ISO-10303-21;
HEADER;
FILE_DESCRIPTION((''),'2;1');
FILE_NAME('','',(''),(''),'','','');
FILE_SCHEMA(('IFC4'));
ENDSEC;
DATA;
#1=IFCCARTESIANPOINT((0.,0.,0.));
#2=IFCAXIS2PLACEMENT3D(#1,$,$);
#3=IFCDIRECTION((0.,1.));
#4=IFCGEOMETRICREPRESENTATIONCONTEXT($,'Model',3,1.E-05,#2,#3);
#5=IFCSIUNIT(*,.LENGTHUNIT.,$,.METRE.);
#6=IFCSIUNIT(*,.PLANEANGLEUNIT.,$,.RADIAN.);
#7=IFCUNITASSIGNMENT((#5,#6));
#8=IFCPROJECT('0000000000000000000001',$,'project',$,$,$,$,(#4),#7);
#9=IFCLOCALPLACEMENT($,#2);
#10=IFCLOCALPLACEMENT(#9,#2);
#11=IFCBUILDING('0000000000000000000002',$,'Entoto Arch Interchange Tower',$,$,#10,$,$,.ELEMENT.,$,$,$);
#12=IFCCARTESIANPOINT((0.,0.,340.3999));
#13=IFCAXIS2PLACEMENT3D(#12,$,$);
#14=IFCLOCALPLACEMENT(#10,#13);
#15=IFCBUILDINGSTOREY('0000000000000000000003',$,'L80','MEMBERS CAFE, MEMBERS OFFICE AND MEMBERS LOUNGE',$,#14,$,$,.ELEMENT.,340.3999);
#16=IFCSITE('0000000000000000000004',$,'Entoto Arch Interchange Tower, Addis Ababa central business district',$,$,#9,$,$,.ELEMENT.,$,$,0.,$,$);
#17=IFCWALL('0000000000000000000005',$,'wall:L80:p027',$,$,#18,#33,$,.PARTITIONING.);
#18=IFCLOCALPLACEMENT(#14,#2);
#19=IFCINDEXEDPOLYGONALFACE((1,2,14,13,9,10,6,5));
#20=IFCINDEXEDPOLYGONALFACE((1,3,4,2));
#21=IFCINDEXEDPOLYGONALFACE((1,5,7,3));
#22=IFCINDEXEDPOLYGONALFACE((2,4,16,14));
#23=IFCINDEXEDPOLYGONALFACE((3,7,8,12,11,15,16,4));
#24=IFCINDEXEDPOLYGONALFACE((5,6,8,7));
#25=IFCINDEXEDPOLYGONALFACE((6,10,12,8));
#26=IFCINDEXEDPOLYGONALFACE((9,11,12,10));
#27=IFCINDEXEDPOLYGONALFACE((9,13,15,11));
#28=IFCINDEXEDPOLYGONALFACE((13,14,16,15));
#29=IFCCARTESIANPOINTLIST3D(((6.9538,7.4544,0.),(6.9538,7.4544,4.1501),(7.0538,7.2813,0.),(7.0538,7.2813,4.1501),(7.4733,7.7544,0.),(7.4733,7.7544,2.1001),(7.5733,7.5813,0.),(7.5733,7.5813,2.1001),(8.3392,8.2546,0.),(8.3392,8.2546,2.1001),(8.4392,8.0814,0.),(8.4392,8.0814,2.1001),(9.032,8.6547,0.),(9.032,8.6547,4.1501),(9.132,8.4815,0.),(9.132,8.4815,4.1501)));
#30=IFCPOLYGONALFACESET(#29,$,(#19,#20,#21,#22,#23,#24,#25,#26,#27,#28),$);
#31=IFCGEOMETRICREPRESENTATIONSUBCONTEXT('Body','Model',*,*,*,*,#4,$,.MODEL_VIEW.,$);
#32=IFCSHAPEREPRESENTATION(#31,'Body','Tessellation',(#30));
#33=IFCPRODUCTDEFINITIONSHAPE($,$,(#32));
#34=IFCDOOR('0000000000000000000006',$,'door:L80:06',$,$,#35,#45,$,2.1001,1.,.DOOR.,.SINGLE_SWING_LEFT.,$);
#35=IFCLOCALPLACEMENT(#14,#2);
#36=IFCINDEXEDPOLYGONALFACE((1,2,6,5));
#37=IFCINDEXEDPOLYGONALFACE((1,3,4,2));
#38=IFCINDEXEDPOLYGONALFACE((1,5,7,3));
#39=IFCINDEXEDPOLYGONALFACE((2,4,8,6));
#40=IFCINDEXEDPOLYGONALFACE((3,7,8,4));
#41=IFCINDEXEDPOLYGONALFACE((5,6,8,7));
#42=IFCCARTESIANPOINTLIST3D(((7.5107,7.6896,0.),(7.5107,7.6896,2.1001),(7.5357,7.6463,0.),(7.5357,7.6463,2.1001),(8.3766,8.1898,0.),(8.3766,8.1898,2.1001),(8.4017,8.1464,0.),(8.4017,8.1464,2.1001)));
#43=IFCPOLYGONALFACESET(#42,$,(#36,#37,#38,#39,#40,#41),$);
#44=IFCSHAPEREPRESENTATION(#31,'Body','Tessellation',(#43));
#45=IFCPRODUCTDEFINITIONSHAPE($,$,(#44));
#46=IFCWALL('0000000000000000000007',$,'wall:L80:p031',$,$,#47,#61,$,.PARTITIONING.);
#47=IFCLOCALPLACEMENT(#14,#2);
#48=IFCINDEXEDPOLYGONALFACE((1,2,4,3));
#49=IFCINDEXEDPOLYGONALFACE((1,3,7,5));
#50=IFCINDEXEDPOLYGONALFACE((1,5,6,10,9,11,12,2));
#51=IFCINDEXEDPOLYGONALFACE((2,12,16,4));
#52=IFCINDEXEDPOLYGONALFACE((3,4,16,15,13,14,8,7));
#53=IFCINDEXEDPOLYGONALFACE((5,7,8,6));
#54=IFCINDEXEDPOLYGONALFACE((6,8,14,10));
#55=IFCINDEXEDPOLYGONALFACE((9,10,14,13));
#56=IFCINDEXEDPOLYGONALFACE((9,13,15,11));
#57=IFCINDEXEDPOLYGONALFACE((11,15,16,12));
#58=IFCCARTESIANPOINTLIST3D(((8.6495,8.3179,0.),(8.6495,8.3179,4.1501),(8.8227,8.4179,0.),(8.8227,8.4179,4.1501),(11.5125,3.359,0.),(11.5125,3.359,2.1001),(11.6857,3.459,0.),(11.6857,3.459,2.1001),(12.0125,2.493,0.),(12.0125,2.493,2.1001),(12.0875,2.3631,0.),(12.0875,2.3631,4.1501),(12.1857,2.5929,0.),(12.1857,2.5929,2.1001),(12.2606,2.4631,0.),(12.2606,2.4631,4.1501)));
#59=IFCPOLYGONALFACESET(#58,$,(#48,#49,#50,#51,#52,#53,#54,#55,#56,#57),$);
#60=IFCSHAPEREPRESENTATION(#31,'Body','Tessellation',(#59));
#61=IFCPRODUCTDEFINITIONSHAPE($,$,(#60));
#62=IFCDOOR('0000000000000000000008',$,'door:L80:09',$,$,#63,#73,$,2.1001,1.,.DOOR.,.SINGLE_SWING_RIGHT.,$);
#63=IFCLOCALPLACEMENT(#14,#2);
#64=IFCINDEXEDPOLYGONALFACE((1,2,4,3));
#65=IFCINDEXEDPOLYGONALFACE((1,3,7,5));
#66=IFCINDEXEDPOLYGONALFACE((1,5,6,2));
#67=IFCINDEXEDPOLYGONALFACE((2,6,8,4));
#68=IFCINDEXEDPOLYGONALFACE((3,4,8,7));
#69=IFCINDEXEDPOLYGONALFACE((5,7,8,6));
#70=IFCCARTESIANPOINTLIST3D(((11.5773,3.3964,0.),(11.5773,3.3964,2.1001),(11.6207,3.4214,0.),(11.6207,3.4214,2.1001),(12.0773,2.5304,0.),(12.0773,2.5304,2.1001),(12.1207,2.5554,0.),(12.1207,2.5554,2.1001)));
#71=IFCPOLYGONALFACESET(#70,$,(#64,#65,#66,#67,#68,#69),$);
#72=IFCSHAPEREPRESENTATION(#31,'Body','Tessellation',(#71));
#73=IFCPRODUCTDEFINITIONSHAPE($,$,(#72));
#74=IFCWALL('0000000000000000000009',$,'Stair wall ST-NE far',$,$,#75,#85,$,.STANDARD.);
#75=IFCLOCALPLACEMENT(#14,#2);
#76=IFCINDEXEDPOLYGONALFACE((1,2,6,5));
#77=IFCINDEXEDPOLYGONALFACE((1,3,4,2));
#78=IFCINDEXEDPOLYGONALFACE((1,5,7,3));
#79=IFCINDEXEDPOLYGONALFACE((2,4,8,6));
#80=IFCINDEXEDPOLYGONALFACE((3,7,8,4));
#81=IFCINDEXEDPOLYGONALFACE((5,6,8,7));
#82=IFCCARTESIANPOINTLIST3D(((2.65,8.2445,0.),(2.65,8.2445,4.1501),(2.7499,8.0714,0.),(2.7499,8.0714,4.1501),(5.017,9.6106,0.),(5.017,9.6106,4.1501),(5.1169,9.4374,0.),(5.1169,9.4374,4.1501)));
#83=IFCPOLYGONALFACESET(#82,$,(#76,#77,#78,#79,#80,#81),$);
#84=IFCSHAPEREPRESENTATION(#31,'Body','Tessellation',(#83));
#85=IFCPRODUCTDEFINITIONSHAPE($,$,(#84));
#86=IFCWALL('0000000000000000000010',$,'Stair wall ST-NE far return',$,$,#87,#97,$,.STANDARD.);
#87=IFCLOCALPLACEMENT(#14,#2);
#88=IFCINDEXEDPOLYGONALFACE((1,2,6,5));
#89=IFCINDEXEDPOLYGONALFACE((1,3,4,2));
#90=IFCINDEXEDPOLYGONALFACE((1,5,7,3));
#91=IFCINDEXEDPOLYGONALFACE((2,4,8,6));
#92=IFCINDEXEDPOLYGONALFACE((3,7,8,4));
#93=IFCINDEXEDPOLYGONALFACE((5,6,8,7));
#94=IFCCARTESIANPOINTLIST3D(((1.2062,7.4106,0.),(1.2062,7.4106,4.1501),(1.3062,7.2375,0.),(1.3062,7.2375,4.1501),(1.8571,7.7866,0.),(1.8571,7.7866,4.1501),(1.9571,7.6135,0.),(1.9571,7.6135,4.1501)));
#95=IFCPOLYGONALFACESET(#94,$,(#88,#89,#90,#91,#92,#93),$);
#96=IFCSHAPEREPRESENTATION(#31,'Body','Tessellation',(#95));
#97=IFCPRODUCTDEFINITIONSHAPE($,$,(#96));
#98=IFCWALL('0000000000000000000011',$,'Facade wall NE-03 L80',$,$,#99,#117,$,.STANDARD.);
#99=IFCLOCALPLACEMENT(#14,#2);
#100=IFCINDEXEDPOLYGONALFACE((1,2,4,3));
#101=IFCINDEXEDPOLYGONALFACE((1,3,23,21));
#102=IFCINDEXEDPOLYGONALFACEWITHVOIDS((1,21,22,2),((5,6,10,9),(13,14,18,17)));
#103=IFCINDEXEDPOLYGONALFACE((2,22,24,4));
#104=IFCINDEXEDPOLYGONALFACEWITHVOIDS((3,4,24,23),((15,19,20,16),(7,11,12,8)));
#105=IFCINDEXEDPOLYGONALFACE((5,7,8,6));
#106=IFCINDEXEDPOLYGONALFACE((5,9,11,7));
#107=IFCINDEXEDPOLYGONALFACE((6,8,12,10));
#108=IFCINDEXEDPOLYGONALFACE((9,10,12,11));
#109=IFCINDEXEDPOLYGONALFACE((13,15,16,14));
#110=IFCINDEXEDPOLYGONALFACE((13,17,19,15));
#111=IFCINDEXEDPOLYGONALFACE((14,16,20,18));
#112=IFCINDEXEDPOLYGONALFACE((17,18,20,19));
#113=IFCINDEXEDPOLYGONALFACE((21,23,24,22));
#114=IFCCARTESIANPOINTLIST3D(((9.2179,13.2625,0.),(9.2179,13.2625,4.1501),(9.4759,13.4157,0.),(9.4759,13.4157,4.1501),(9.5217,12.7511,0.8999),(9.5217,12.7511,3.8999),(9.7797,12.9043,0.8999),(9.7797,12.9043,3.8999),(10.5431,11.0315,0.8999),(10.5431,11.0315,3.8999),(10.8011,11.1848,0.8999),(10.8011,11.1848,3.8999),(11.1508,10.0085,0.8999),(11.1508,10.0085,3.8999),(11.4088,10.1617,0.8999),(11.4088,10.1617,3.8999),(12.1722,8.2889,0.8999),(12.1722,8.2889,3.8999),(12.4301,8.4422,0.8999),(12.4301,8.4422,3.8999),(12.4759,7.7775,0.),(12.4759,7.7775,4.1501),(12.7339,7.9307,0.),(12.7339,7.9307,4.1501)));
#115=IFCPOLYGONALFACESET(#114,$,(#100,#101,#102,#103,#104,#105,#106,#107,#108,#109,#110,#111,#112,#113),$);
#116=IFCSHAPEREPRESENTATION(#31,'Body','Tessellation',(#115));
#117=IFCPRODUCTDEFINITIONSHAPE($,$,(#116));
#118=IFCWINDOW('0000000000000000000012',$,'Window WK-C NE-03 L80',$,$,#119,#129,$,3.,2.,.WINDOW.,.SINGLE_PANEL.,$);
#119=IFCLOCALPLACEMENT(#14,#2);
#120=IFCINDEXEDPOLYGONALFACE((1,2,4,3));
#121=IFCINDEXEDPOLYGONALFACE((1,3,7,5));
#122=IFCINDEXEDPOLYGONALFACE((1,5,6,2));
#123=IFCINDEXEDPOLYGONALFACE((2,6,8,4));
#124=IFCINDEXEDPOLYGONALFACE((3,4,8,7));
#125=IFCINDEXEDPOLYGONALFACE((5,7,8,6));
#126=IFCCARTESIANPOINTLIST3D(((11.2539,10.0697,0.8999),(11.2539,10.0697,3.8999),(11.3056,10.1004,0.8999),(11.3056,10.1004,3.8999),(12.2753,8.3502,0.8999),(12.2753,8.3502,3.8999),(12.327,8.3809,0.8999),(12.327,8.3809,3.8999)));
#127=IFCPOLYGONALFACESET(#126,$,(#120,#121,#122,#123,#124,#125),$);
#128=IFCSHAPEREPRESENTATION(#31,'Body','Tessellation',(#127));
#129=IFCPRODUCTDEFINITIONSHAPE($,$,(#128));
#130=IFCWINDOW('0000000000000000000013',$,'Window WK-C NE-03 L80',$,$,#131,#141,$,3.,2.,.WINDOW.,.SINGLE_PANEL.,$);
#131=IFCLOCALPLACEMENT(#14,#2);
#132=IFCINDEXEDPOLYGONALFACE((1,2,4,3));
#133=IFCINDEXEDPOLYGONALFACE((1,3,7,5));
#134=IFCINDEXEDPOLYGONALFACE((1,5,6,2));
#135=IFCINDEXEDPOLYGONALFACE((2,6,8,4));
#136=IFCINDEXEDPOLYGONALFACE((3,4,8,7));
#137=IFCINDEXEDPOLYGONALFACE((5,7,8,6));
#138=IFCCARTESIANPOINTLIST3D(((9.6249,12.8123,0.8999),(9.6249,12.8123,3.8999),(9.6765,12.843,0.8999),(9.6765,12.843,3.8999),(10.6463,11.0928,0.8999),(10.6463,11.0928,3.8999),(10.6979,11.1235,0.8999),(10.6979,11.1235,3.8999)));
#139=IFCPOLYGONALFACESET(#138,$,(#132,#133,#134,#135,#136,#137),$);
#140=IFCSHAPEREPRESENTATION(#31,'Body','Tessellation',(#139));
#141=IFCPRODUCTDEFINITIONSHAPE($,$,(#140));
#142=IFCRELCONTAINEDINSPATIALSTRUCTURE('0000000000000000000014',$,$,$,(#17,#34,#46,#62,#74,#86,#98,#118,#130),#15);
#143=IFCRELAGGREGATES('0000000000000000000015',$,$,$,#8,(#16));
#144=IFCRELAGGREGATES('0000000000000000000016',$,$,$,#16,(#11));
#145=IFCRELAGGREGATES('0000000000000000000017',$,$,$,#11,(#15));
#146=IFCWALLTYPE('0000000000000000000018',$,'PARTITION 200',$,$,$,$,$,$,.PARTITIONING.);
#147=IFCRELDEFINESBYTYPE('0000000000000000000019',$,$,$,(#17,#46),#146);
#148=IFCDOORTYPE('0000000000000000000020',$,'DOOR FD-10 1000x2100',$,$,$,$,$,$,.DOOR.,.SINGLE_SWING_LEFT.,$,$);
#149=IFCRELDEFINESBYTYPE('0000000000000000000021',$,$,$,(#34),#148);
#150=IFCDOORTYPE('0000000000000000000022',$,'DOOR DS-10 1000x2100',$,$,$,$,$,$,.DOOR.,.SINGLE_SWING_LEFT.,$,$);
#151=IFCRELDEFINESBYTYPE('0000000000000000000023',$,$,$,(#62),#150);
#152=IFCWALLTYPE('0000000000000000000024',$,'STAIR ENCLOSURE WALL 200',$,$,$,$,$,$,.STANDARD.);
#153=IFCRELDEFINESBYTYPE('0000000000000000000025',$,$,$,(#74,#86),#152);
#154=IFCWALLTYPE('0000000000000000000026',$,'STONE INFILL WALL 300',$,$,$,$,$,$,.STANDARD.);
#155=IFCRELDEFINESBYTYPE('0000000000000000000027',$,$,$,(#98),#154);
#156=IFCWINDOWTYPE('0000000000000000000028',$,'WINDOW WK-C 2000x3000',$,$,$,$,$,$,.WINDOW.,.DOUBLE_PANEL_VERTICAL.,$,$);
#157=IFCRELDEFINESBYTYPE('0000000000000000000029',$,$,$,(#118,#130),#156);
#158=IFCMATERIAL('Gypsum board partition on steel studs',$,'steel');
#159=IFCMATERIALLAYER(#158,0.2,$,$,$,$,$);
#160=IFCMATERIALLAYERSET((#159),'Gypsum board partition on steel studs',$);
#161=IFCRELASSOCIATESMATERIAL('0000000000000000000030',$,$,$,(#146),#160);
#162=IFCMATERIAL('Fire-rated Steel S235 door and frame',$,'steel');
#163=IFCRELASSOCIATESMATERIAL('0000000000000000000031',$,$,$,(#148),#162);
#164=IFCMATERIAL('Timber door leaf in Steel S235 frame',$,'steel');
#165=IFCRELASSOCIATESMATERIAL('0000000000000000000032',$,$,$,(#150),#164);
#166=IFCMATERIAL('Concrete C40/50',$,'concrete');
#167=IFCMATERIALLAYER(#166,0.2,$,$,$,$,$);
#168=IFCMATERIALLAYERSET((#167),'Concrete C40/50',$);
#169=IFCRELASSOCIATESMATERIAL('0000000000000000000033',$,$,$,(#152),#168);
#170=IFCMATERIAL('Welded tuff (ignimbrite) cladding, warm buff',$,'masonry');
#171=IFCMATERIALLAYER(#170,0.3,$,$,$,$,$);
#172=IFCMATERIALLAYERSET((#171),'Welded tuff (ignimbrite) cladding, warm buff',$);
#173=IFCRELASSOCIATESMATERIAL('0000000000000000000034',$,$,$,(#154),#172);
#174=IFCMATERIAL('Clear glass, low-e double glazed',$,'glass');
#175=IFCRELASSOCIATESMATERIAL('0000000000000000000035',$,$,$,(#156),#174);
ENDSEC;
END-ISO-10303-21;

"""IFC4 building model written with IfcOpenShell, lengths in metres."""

from ifc_helpers import new_model, si_unit, direction, frame, frame_2d, origin, place, context, subcontext, project, spatial, rectangle, extrude, material, layer, layer_set, type_object, element, fill, save


model = new_model("IFC4")

# Units and contexts
model_context = context("Model", 3, precision=1e-05, world=origin(), true_north=direction((0.0, 1.0)))
body_context = subcontext(model_context, "Body", "Model", "MODEL_VIEW")
ifc_project = project(units=[si_unit("LENGTHUNIT", "METRE"), si_unit("PLANEANGLEUNIT", "RADIAN")], contexts=[model_context])

# Site, building, storey
site_placement = place(None, origin())
site = spatial("IfcSite", under=ifc_project, at=site_placement, Name="Entoto Arch Interchange Tower, Addis Ababa central business district", CompositionType="ELEMENT", RefElevation=0.0)
building_placement = place(site_placement, origin())
building = spatial("IfcBuilding", under=site, at=building_placement, Name="Entoto Arch Interchange Tower", CompositionType="ELEMENT")
storey_placement = place(building_placement, frame((0.0, 0.0, 340.3999)))
storey = spatial("IfcBuildingStorey", under=building, at=storey_placement, Name="L80", Description="MEMBERS CAFE, MEMBERS OFFICE AND MEMBERS LOUNGE", CompositionType="ELEMENT", Elevation=340.3999)

# Shared definitions
ifc_material_1 = material(Name="Concrete C40/50", Category="concrete")

# Shared definitions
ifc_material_2 = material(Name="Fire-rated Steel S235 door and frame", Category="steel")

# Shared definitions
ifc_material_3 = material(Name="Gypsum board partition on steel studs", Category="steel")

# Walls, openings, doors
ifc_layer_1 = layer(ifc_material_3, 0.2)
ifc_layer_set_1 = layer_set([ifc_layer_1], Name="Gypsum board partition on steel studs")
wall_type_1 = type_object("IfcWallType", Name="PARTITION 200", PredefinedType="PARTITIONING", material=ifc_layer_set_1)
wall_1_placement = place(storey_placement, frame((9.082, 8.5681, 0.0), z_axis=(0.0, 0.0, 1.0), x_axis=(-0.865955, -0.500122, 0.0)))
wall_1 = element("IfcWall", 1, at=wall_1_placement, inside=storey, type_object=wall_type_1, Name="wall:L80:p027", PredefinedType="PARTITIONING", context=body_context, shape_type="SweptSolid", body=[
    extrude(rectangle(XDim=2.3999, YDim=0.2, at=frame_2d((1.2, 0.0))), origin(), (0.0, 0.0, 1.0), 4.1501),
])
opening_1_placement = place(wall_1_placement, frame((0.8, 0.0, 0.0)))
opening_1 = element("IfcOpeningElement", 2, at=opening_1_placement, cuts=wall_1, PredefinedType="OPENING", context=body_context, shape_type="SweptSolid", body=[
    extrude(rectangle(XDim=1.0, YDim=2.1001, at=frame_2d((0.5, 1.05))), frame((0.0, 0.1099, 0.0), z_axis=(0.0, -1.0, 0.0), x_axis=(1.0, 0.0, 0.0)), (0.0, 0.0, 1.0), 0.22),
])
door_type_1 = type_object("IfcDoorType", Name="DOOR FD-10 1000x2100", OperationType="SINGLE_SWING_LEFT", PredefinedType="DOOR", material=ifc_material_2)
door_1_placement = place(opening_1_placement, origin())
door_1 = element("IfcDoor", 3, at=door_1_placement, inside=storey, type_object=door_type_1, Name="door:L80:06", OperationType="SINGLE_SWING_LEFT", OverallHeight=2.1001, OverallWidth=1.0, PredefinedType="DOOR", context=body_context, shape_type="SweptSolid", body=[
    extrude(rectangle(XDim=1.0, YDim=2.1001, at=frame_2d((0.5, 1.05))), frame((0.0, 0.0249, 0.0), z_axis=(0.0, -1.0, 0.0), x_axis=(1.0, 0.0, 0.0)), (0.0, 0.0, 1.0), 0.05),
])
fill(opening_1, door_1)
wall_2_placement = place(storey_placement, frame((8.7361, 8.3679, 0.0), z_axis=(0.0, 0.0, 1.0), x_axis=(0.499996, -0.866028, 0.0)))
wall_2 = element("IfcWall", 4, at=wall_2_placement, inside=storey, type_object=wall_type_1, Name="wall:L80:p031", PredefinedType="PARTITIONING", context=body_context, shape_type="SweptSolid", body=[
    extrude(rectangle(XDim=6.876, YDim=0.2, at=frame_2d((3.438, 0.0))), origin(), (0.0, 0.0, 1.0), 4.1501),
])
opening_2_placement = place(wall_2_placement, frame((5.7261, 0.0, 0.0)))
opening_2 = element("IfcOpeningElement", 5, at=opening_2_placement, cuts=wall_2, PredefinedType="OPENING", context=body_context, shape_type="SweptSolid", body=[
    extrude(rectangle(XDim=1.0, YDim=2.1001, at=frame_2d((0.5, 1.05))), frame((0.0, 0.1099, 0.0), z_axis=(0.0, -1.0, 0.0), x_axis=(1.0, 0.0, 0.0)), (0.0, 0.0, 1.0), 0.22),
])
ifc_material_4 = material(Name="Timber door leaf in Steel S235 frame", Category="steel")
door_type_2 = type_object("IfcDoorType", Name="DOOR DS-10 1000x2100", OperationType="SINGLE_SWING_LEFT", PredefinedType="DOOR", material=ifc_material_4)
door_2_placement = place(opening_2_placement, origin())
door_2 = element("IfcDoor", 6, at=door_2_placement, inside=storey, type_object=door_type_2, Name="door:L80:09", OperationType="SINGLE_SWING_RIGHT", OverallHeight=2.1001, OverallWidth=1.0, PredefinedType="DOOR", context=body_context, shape_type="SweptSolid", body=[
    extrude(rectangle(XDim=1.0, YDim=2.1001, at=frame_2d((0.5, 1.05))), frame((0.0, 0.0249, 0.0), z_axis=(0.0, -1.0, 0.0), x_axis=(1.0, 0.0, 0.0)), (0.0, 0.0, 1.0), 0.05),
])
fill(opening_2, door_2)

# Walls
ifc_layer_2 = layer(ifc_material_1, 0.2)
ifc_layer_set_2 = layer_set([ifc_layer_2], Name="Concrete C40/50")
wall_type_2 = type_object("IfcWallType", Name="STAIR ENCLOSURE WALL 200", PredefinedType="STANDARD", material=ifc_layer_set_2)
wall_3_placement = place(storey_placement, frame((2.7, 8.158, 0.0), z_axis=(0.0, 0.0, 1.0), x_axis=(0.866119, 0.499838, 0.0)))
element("IfcWall", 7, at=wall_3_placement, inside=storey, type_object=wall_type_2, Name="Stair wall ST-NE far", PredefinedType="STANDARD", context=body_context, shape_type="SweptSolid", body=[
    extrude(rectangle(XDim=2.7329, YDim=0.2, at=frame_2d((1.3665, 0.0))), origin(), (0.0, 0.0, 1.0), 4.1501),
])
wall_4_placement = place(storey_placement, frame((1.2561, 7.324, 0.0), z_axis=(0.0, 0.0, 1.0), x_axis=(0.865915, 0.500191, 0.0)))
element("IfcWall", 8, at=wall_4_placement, inside=storey, type_object=wall_type_2, Name="Stair wall ST-NE far return", PredefinedType="STANDARD", context=body_context, shape_type="SweptSolid", body=[
    extrude(rectangle(XDim=0.7517, YDim=0.2, at=frame_2d((0.376, 0.0))), origin(), (0.0, 0.0, 1.0), 4.1501),
])

# Wall, openings, windows
ifc_material_5 = material(Name="Welded tuff (ignimbrite) cladding, warm buff", Category="masonry")
ifc_layer_3 = layer(ifc_material_5, 0.3)
ifc_layer_set_3 = layer_set([ifc_layer_3], Name="Welded tuff (ignimbrite) cladding, warm buff")
wall_type_3 = type_object("IfcWallType", Name="STONE INFILL WALL 300", PredefinedType="STANDARD", material=ifc_layer_set_3)
wall_5_placement = place(storey_placement, frame((12.605, 7.854, 0.0), z_axis=(0.0, 0.0, 1.0), x_axis=(-0.510686, 0.859767, 0.0)))
wall_5 = element("IfcWall", 9, at=wall_5_placement, inside=storey, type_object=wall_type_3, Name="Facade wall NE-03 L80", PredefinedType="STANDARD", context=body_context, shape_type="SweptSolid", body=[
    extrude(rectangle(XDim=6.3796, YDim=0.3, at=frame_2d((3.1899, 0.0))), origin(), (0.0, 0.0, 1.0), 4.1501),
])
opening_3_placement = place(wall_5_placement, frame((0.595, 0.0, 0.8999)))
opening_3 = element("IfcOpeningElement", 10, at=opening_3_placement, cuts=wall_5, PredefinedType="OPENING", context=body_context, shape_type="SweptSolid", body=[
    extrude(rectangle(XDim=2.0, YDim=3.0, at=frame_2d((1.0, 1.5))), frame((0.0, 0.1602, 0.0), z_axis=(0.0, -1.0, 0.0), x_axis=(1.0, 0.0, 0.0)), (0.0, 0.0, 1.0), 0.3201),
])
opening_4_placement = place(wall_5_placement, frame((3.7849, 0.0, 0.8999)))
opening_4 = element("IfcOpeningElement", 11, at=opening_4_placement, cuts=wall_5, PredefinedType="OPENING", context=body_context, shape_type="SweptSolid", body=[
    extrude(rectangle(XDim=2.0, YDim=3.0, at=frame_2d((1.0, 1.5))), frame((0.0, 0.1602, 0.0), z_axis=(0.0, -1.0, 0.0), x_axis=(1.0, 0.0, 0.0)), (0.0, 0.0, 1.0), 0.3201),
])
ifc_material_6 = material(Name="Clear glass, low-e double glazed", Category="glass")
window_type = type_object("IfcWindowType", Name="WINDOW WK-C 2000x3000", PartitioningType="DOUBLE_PANEL_VERTICAL", PredefinedType="WINDOW", material=ifc_material_6)
window_1_placement = place(opening_3_placement, origin())
window_1 = element("IfcWindow", 12, at=window_1_placement, inside=storey, type_object=window_type, Name="Window WK-C NE-03 L80", OverallHeight=3.0, OverallWidth=2.0, PartitioningType="SINGLE_PANEL", PredefinedType="WINDOW", context=body_context, shape_type="SweptSolid", body=[
    extrude(rectangle(XDim=2.0, YDim=3.0, at=frame_2d((1.0, 1.5))), frame((0.0, 0.03, 0.0), z_axis=(0.0, -1.0, 0.0), x_axis=(1.0, 0.0, 0.0)), (0.0, 0.0, 1.0), 0.0601),
])
fill(opening_3, window_1)
window_2_placement = place(opening_4_placement, origin())
window_2 = element("IfcWindow", 13, at=window_2_placement, inside=storey, type_object=window_type, Name="Window WK-C NE-03 L80", OverallHeight=3.0, OverallWidth=2.0, PartitioningType="SINGLE_PANEL", PredefinedType="WINDOW", context=body_context, shape_type="SweptSolid", body=[
    extrude(rectangle(XDim=2.0, YDim=3.0, at=frame_2d((1.0, 1.5))), frame((0.0, 0.03, 0.0), z_axis=(0.0, -1.0, 0.0), x_axis=(1.0, 0.0, 0.0)), (0.0, 0.0, 1.0), 0.0601),
])
fill(opening_4, window_2)

save(model, "model.ifc")
